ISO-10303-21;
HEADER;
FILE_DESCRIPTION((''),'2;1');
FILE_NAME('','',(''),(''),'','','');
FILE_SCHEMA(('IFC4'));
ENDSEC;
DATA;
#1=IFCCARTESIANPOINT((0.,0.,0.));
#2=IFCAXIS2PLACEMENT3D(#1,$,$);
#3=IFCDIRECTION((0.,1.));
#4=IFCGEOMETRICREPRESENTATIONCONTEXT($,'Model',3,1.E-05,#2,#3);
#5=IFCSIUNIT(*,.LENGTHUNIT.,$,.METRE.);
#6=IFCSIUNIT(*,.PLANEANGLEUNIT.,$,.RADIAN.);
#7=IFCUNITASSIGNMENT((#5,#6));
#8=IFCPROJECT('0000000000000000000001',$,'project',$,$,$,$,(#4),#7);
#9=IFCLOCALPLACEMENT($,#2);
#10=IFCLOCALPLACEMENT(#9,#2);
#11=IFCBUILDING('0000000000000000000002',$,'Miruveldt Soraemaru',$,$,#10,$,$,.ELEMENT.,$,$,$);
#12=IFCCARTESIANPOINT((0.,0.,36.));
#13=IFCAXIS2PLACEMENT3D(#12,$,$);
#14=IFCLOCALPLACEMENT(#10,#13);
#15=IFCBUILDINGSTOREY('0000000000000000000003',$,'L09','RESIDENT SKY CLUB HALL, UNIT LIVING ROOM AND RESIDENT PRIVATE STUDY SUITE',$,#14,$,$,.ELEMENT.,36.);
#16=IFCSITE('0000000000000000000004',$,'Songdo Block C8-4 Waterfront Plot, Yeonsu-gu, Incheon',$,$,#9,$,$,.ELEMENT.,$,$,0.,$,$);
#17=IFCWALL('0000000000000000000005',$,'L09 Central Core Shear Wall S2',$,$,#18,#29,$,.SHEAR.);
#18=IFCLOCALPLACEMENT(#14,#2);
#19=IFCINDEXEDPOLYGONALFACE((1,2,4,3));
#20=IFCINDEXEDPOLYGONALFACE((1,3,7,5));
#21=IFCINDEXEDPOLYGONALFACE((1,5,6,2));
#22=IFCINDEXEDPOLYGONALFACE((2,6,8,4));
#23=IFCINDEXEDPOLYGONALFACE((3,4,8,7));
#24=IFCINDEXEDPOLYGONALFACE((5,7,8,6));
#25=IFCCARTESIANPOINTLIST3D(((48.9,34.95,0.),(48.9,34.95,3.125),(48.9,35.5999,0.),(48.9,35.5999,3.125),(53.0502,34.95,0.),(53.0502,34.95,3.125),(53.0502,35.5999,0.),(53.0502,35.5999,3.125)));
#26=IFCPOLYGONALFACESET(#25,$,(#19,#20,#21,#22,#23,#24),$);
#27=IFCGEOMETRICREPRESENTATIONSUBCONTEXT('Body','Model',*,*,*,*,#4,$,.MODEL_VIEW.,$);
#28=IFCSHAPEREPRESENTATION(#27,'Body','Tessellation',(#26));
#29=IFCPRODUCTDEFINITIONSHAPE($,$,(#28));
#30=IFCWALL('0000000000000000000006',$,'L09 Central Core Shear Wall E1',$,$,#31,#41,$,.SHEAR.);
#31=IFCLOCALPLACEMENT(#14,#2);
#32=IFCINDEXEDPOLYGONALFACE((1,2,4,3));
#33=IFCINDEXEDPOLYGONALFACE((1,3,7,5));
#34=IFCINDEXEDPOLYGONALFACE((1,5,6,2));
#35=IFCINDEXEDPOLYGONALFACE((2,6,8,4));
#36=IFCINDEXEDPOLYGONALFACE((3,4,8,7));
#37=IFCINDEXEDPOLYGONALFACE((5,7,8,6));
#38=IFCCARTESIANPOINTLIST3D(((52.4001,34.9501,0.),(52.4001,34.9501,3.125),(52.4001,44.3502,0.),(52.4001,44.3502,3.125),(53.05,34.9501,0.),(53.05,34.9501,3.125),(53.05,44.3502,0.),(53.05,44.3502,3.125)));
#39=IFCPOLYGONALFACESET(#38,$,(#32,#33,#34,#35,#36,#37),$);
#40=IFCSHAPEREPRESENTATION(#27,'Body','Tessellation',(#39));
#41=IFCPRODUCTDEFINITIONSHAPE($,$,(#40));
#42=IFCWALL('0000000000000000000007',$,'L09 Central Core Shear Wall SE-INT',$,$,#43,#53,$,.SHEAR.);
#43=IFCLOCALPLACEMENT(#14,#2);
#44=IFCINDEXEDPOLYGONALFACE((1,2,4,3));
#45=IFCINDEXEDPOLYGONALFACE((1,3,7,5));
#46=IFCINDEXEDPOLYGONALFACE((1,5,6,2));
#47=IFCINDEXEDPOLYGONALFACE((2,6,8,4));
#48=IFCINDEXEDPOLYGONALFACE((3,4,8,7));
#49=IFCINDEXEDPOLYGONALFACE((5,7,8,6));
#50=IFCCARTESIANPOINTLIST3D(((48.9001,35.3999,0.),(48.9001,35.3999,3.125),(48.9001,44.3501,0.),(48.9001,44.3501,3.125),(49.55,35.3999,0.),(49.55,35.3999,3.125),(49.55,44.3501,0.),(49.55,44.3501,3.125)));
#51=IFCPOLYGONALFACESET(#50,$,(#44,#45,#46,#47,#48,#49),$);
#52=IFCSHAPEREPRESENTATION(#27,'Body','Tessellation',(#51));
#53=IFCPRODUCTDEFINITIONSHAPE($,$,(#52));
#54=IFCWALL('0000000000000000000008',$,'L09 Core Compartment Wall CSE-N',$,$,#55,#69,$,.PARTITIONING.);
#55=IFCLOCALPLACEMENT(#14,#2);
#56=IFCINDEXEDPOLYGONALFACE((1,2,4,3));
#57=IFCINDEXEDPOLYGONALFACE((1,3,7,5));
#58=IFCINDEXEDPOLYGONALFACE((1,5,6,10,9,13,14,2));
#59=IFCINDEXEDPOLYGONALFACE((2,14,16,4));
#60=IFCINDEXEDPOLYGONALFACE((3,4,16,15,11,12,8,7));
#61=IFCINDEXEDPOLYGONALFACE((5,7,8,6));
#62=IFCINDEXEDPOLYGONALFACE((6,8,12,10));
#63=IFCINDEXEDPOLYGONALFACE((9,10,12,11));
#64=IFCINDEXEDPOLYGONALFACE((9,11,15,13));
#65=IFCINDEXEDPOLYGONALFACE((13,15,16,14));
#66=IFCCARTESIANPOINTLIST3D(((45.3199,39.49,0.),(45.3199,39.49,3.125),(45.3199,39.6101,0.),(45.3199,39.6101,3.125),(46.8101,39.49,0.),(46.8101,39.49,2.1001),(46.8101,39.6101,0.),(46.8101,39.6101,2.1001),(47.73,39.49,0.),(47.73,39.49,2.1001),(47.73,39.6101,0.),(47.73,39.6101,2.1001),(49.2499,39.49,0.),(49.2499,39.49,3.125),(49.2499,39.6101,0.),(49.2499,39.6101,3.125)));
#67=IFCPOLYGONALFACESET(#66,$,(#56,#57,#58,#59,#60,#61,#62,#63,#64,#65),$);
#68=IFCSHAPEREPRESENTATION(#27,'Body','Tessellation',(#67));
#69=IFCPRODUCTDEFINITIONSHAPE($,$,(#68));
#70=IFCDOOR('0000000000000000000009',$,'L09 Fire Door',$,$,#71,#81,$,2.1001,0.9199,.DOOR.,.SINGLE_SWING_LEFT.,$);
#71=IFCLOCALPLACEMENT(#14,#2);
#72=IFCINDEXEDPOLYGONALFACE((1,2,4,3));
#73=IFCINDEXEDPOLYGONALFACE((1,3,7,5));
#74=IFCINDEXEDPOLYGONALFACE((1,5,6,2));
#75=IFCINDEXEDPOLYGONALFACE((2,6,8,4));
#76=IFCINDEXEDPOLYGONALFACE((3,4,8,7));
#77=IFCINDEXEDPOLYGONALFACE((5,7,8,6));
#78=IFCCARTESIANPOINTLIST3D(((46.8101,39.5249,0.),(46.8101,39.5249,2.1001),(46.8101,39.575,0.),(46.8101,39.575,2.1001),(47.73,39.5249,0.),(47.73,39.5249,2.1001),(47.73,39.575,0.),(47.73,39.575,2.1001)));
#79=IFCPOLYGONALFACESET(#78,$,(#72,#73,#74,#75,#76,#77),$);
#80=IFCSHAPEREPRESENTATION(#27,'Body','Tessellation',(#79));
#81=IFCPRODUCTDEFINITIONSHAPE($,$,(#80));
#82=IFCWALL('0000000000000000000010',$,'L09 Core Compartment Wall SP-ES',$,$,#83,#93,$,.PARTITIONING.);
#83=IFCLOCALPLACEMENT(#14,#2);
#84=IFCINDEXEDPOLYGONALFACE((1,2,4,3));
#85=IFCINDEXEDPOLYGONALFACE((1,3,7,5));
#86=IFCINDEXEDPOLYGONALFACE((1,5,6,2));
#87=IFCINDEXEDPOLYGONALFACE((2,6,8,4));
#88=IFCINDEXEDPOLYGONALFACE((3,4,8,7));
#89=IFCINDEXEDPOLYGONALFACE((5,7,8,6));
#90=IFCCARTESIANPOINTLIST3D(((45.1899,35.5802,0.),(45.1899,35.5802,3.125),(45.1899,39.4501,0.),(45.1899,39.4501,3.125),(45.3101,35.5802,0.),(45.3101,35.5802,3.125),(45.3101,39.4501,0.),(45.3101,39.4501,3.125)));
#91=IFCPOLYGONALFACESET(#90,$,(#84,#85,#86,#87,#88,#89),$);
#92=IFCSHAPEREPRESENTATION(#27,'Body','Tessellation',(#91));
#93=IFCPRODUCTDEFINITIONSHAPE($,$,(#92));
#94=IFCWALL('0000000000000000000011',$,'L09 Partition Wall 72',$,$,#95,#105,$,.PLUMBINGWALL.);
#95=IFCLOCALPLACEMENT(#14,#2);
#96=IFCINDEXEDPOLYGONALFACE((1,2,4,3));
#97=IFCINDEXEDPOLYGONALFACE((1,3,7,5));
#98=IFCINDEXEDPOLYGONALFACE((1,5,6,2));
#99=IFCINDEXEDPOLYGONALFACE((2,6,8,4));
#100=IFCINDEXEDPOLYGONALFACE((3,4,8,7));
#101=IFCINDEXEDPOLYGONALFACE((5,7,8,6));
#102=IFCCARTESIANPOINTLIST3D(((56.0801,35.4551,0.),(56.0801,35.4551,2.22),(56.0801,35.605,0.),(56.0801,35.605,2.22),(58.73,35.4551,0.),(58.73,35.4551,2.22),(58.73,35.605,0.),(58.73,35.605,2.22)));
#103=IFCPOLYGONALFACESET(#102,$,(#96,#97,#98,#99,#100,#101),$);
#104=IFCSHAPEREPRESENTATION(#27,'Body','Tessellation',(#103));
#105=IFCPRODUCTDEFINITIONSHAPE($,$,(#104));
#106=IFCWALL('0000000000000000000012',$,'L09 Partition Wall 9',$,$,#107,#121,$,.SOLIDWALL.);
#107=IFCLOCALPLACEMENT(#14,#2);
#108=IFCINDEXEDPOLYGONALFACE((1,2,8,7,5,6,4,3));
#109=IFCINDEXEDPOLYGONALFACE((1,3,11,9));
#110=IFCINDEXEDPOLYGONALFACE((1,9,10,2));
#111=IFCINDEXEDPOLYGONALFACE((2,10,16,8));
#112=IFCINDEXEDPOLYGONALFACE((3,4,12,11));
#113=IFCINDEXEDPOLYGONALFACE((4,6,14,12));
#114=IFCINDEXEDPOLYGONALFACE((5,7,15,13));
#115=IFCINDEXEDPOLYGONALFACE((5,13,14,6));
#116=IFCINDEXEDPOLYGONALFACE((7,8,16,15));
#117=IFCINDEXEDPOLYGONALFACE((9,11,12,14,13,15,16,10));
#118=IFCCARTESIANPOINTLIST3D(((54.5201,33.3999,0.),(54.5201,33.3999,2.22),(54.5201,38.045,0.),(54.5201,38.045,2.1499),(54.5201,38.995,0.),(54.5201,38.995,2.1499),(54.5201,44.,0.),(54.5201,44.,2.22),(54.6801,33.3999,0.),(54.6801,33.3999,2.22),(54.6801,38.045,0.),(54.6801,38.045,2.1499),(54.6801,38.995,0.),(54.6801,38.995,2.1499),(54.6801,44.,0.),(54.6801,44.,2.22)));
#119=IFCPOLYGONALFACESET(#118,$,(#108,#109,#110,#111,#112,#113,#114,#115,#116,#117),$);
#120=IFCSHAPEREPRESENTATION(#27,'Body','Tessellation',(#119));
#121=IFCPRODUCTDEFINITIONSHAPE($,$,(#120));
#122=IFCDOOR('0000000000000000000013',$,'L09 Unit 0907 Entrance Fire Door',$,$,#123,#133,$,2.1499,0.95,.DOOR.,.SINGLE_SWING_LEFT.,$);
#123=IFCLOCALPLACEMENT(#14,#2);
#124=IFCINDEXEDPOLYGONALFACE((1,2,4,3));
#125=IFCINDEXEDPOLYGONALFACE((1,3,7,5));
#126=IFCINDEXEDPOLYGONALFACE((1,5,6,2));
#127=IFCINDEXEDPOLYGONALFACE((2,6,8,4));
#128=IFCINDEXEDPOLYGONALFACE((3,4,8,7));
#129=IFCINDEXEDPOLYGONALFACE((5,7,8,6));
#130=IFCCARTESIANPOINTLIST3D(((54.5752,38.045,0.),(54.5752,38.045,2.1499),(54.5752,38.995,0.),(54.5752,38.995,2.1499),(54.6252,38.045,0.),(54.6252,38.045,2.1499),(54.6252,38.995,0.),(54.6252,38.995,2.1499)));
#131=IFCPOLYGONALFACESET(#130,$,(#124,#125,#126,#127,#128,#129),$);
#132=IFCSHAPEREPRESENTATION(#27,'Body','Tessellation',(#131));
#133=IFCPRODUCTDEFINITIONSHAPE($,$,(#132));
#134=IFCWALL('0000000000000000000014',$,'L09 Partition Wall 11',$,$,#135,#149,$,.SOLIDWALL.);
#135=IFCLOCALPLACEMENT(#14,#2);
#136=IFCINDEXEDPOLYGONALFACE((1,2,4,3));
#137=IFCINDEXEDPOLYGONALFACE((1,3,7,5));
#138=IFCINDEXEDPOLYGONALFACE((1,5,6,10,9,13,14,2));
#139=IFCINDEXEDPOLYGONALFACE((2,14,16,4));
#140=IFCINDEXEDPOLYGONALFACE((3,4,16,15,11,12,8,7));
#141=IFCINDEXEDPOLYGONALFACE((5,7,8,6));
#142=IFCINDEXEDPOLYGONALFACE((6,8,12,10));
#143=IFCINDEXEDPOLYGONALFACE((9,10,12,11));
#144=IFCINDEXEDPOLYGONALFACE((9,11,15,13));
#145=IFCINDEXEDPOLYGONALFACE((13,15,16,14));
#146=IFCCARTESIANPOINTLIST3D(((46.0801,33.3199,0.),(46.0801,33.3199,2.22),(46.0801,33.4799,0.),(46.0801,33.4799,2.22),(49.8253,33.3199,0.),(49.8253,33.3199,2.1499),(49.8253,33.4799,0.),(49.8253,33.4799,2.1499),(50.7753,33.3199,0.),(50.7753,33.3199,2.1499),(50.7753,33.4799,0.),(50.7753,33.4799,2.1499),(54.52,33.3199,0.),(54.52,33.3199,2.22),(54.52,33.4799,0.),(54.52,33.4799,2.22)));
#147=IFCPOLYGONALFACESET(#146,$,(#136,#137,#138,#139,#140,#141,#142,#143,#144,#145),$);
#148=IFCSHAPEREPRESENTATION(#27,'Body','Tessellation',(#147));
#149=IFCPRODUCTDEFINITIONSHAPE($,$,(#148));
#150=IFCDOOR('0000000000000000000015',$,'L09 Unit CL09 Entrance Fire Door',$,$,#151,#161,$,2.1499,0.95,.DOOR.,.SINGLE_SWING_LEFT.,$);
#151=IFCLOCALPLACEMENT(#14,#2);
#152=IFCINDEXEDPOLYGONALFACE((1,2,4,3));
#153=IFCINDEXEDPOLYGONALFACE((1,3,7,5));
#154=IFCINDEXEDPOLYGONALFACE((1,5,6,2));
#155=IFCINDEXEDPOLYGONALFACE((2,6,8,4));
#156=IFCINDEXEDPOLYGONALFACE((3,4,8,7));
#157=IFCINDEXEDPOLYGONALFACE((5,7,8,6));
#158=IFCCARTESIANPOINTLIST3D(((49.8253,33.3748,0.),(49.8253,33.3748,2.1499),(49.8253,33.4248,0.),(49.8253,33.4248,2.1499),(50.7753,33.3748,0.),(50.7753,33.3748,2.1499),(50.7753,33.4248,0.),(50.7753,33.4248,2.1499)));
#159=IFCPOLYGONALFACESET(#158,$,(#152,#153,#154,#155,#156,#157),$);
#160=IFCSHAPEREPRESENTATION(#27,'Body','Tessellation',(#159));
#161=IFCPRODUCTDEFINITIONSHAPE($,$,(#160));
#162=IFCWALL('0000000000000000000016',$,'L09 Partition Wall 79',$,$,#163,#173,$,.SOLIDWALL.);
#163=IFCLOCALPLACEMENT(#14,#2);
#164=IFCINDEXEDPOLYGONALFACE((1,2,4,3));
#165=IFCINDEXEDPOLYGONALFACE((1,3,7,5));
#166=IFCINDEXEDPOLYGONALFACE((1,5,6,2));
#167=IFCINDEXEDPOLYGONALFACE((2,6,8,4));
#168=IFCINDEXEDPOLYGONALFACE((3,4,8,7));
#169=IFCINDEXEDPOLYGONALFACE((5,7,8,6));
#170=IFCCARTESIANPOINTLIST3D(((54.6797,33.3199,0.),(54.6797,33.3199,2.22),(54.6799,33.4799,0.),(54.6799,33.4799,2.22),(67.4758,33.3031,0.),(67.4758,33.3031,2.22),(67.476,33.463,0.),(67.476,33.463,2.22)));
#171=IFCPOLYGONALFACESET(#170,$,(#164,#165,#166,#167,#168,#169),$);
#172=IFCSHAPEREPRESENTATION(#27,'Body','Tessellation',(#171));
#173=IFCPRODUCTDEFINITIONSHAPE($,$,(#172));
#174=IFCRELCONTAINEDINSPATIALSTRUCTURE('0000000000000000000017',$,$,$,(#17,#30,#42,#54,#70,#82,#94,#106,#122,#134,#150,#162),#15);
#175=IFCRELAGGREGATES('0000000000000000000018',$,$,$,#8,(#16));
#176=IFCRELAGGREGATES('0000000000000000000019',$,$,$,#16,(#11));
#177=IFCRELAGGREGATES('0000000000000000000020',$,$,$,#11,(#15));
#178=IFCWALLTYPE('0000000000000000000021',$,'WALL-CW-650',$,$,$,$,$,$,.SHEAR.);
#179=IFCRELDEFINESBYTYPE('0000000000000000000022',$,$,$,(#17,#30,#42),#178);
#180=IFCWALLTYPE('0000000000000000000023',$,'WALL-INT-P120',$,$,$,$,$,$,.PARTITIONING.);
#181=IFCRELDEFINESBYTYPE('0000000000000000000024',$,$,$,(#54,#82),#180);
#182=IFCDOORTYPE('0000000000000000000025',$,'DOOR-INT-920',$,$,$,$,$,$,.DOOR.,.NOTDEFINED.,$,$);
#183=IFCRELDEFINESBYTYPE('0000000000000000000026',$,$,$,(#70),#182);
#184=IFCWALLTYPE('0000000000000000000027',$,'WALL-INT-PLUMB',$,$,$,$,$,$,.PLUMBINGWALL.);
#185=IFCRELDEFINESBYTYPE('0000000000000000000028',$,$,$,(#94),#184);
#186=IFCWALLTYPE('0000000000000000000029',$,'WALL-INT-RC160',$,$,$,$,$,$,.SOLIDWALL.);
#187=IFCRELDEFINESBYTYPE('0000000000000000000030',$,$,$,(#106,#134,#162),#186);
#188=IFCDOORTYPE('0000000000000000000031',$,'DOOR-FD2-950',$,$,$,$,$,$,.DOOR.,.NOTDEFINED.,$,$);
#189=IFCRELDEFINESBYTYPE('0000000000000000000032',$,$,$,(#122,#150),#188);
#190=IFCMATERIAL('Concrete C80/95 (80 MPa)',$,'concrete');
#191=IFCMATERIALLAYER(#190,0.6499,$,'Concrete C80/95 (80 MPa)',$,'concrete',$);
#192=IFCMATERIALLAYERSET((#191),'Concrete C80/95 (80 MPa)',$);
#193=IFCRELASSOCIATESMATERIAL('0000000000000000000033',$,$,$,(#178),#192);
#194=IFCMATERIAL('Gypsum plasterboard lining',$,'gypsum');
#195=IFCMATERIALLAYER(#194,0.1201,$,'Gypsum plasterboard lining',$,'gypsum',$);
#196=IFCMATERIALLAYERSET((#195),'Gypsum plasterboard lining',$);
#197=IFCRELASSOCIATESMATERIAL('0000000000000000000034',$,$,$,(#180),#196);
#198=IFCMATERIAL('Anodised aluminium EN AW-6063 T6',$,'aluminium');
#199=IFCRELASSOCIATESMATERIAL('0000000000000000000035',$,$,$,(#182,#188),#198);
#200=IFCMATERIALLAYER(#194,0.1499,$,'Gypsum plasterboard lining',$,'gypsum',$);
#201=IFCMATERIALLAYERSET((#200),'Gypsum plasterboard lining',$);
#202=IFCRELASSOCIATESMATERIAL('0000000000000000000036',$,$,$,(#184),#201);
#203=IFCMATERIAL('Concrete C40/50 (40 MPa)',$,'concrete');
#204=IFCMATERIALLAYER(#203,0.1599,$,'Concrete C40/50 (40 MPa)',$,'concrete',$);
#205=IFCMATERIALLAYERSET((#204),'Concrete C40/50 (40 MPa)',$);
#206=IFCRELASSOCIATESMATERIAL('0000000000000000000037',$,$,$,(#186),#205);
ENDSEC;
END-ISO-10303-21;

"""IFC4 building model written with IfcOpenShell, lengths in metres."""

from ifc_helpers import new_model, si_unit, direction, frame, frame_2d, origin, place, context, subcontext, project, spatial, rectangle, extrude, material, layer, layer_set, type_object, element, fill, save


model = new_model("IFC4")

# Units and contexts
model_context = context("Model", 3, precision=1e-05, world=origin(), true_north=direction((0.0, 1.0)))
body_context = subcontext(model_context, "Body", "Model", "MODEL_VIEW")
ifc_project = project(units=[si_unit("LENGTHUNIT", "METRE"), si_unit("PLANEANGLEUNIT", "RADIAN")], contexts=[model_context])

# Site, building, storey
site_placement = place(None, origin())
site = spatial("IfcSite", under=ifc_project, at=site_placement, Name="Songdo Block C8-4 Waterfront Plot, Yeonsu-gu, Incheon", CompositionType="ELEMENT", RefElevation=0.0)
building_placement = place(site_placement, origin())
building = spatial("IfcBuilding", under=site, at=building_placement, Name="Miruveldt Soraemaru", CompositionType="ELEMENT")
storey_placement = place(building_placement, frame((0.0, 0.0, 36.0)))
storey = spatial("IfcBuildingStorey", under=building, at=storey_placement, Name="L09", Description="RESIDENT SKY CLUB HALL, UNIT LIVING ROOM AND RESIDENT PRIVATE STUDY SUITE", CompositionType="ELEMENT", Elevation=36.0)

# Walls
ifc_material_1 = material(Name="Concrete C80/95 (80 MPa)", Category="concrete")
ifc_layer_1 = layer(ifc_material_1, 0.6499, Name="Concrete C80/95 (80 MPa)", Category="concrete")
ifc_layer_set_1 = layer_set([ifc_layer_1], Name="Concrete C80/95 (80 MPa)")
wall_type_1 = type_object("IfcWallType", Name="WALL-CW-650", PredefinedType="SHEAR", material=ifc_layer_set_1)
wall_1_placement = place(storey_placement, frame((48.8999, 35.2749, 0.0), z_axis=(0.0, 0.0, 1.0), x_axis=(1.0, 0.0, 0.0)))
element("IfcWall", 1, at=wall_1_placement, inside=storey, type_object=wall_type_1, Name="L09 Central Core Shear Wall S2", PredefinedType="SHEAR", context=body_context, shape_type="SweptSolid", body=[
    extrude(rectangle(XDim=4.1501, YDim=0.6499, at=frame_2d((2.0752, 0.0))), origin(), (0.0, 0.0, 1.0), 3.125),
])
wall_2_placement = place(storey_placement, frame((52.7251, 34.95, 0.0), z_axis=(0.0, 0.0, 1.0), x_axis=(0.0, 1.0, 0.0)))
element("IfcWall", 2, at=wall_2_placement, inside=storey, type_object=wall_type_1, Name="L09 Central Core Shear Wall E1", PredefinedType="SHEAR", context=body_context, shape_type="SweptSolid", body=[
    extrude(rectangle(XDim=9.4001, YDim=0.6499, at=frame_2d((4.7002, 0.0))), origin(), (0.0, 0.0, 1.0), 3.125),
])
wall_3_placement = place(storey_placement, frame((49.2251, 35.3999, 0.0), z_axis=(0.0, 0.0, 1.0), x_axis=(0.0, 1.0, 0.0)))
element("IfcWall", 3, at=wall_3_placement, inside=storey, type_object=wall_type_1, Name="L09 Central Core Shear Wall SE-INT", PredefinedType="SHEAR", context=body_context, shape_type="SweptSolid", body=[
    extrude(rectangle(XDim=8.9502, YDim=0.6499, at=frame_2d((4.4751, 0.0))), origin(), (0.0, 0.0, 1.0), 3.125),
])

# Wall, opening, door
ifc_material_2 = material(Name="Gypsum plasterboard lining", Category="gypsum")
ifc_layer_2 = layer(ifc_material_2, 0.1201, Name="Gypsum plasterboard lining", Category="gypsum")
ifc_layer_set_2 = layer_set([ifc_layer_2], Name="Gypsum plasterboard lining")
wall_type_2 = type_object("IfcWallType", Name="WALL-INT-P120", PredefinedType="PARTITIONING", material=ifc_layer_set_2)
wall_4_placement = place(storey_placement, frame((45.3201, 39.55, 0.0), z_axis=(0.0, 0.0, 1.0), x_axis=(1.0, 0.0, 0.0)))
wall_4 = element("IfcWall", 4, at=wall_4_placement, inside=storey, type_object=wall_type_2, Name="L09 Core Compartment Wall CSE-N", PredefinedType="PARTITIONING", context=body_context, shape_type="SweptSolid", body=[
    extrude(rectangle(XDim=3.9299, YDim=0.1201, at=frame_2d((1.9648, 0.0))), origin(), (0.0, 0.0, 1.0), 3.125),
])
opening_1_placement = place(wall_4_placement, frame((1.49, 0.0, 0.0)))
opening_1 = element("IfcOpeningElement", 5, at=opening_1_placement, cuts=wall_4, PredefinedType="OPENING", context=body_context, shape_type="SweptSolid", body=[
    extrude(rectangle(XDim=0.9199, YDim=2.1001, at=frame_2d((0.46, 1.05))), frame((0.0, 0.0701, 0.0), z_axis=(0.0, -1.0, 0.0), x_axis=(1.0, 0.0, 0.0)), (0.0, 0.0, 1.0), 0.1401),
])
ifc_material_3 = material(Name="Anodised aluminium EN AW-6063 T6", Category="aluminium")
door_type_1 = type_object("IfcDoorType", Name="DOOR-INT-920", OperationType="NOTDEFINED", PredefinedType="DOOR", material=ifc_material_3)
door_1_placement = place(opening_1_placement, origin())
door_1 = element("IfcDoor", 6, at=door_1_placement, inside=storey, type_object=door_type_1, Name="L09 Fire Door", OperationType="SINGLE_SWING_LEFT", OverallHeight=2.1001, OverallWidth=0.9199, PredefinedType="DOOR", context=body_context, shape_type="SweptSolid", body=[
    extrude(rectangle(XDim=0.9199, YDim=2.1001, at=frame_2d((0.46, 1.05))), frame((0.0, 0.0249, 0.0), z_axis=(0.0, -1.0, 0.0), x_axis=(1.0, 0.0, 0.0)), (0.0, 0.0, 1.0), 0.05),
])
fill(opening_1, door_1)

# Walls
wall_5_placement = place(storey_placement, frame((45.25, 35.5801, 0.0), z_axis=(0.0, 0.0, 1.0), x_axis=(0.0, 1.0, 0.0)))
element("IfcWall", 7, at=wall_5_placement, inside=storey, type_object=wall_type_2, Name="L09 Core Compartment Wall SP-ES", PredefinedType="PARTITIONING", context=body_context, shape_type="SweptSolid", body=[
    extrude(rectangle(XDim=3.8699, YDim=0.1201, at=frame_2d((1.9351, 0.0))), origin(), (0.0, 0.0, 1.0), 3.125),
])
ifc_layer_3 = layer(ifc_material_2, 0.1499, Name="Gypsum plasterboard lining", Category="gypsum")
ifc_layer_set_3 = layer_set([ifc_layer_3], Name="Gypsum plasterboard lining")
wall_type_3 = type_object("IfcWallType", Name="WALL-INT-PLUMB", PredefinedType="PLUMBINGWALL", material=ifc_layer_set_3)
wall_6_placement = place(storey_placement, frame((56.0801, 35.53, 0.0), z_axis=(0.0, 0.0, 1.0), x_axis=(1.0, 0.0, 0.0)))
element("IfcWall", 8, at=wall_6_placement, inside=storey, type_object=wall_type_3, Name="L09 Partition Wall 72", PredefinedType="PLUMBINGWALL", context=body_context, shape_type="SweptSolid", body=[
    extrude(rectangle(XDim=2.6499, YDim=0.1499, at=frame_2d((1.325, 0.0))), origin(), (0.0, 0.0, 1.0), 2.22),
])

# Walls, openings, doors
ifc_material_4 = material(Name="Concrete C40/50 (40 MPa)", Category="concrete")
ifc_layer_4 = layer(ifc_material_4, 0.1599, Name="Concrete C40/50 (40 MPa)", Category="concrete")
ifc_layer_set_4 = layer_set([ifc_layer_4], Name="Concrete C40/50 (40 MPa)")
wall_type_4 = type_object("IfcWallType", Name="WALL-INT-RC160", PredefinedType="SOLIDWALL", material=ifc_layer_set_4)
wall_7_placement = place(storey_placement, frame((54.6001, 33.3999, 0.0), z_axis=(0.0, 0.0, 1.0), x_axis=(0.0, 1.0, 0.0)))
wall_7 = element("IfcWall", 9, at=wall_7_placement, inside=storey, type_object=wall_type_4, Name="L09 Partition Wall 9", PredefinedType="SOLIDWALL", context=body_context, shape_type="SweptSolid", body=[
    extrude(rectangle(XDim=10.6001, YDim=0.1599, at=frame_2d((5.3, 0.0))), origin(), (0.0, 0.0, 1.0), 2.22),
])
opening_2_placement = place(wall_7_placement, frame((4.645, 0.0, 0.0)))
opening_2 = element("IfcOpeningElement", 10, at=opening_2_placement, cuts=wall_7, PredefinedType="OPENING", context=body_context, shape_type="SweptSolid", body=[
    extrude(rectangle(XDim=0.95, YDim=2.1499, at=frame_2d((0.4751, 1.075))), frame((0.0, 0.0898, 0.0), z_axis=(0.0, -1.0, 0.0), x_axis=(1.0, 0.0, 0.0)), (0.0, 0.0, 1.0), 0.1799),
])
door_type_2 = type_object("IfcDoorType", Name="DOOR-FD2-950", OperationType="NOTDEFINED", PredefinedType="DOOR", material=ifc_material_3)
door_2_placement = place(opening_2_placement, origin())
door_2 = element("IfcDoor", 11, at=door_2_placement, inside=storey, type_object=door_type_2, Name="L09 Unit 0907 Entrance Fire Door", OperationType="SINGLE_SWING_LEFT", OverallHeight=2.1499, OverallWidth=0.95, PredefinedType="DOOR", context=body_context, shape_type="SweptSolid", body=[
    extrude(rectangle(XDim=0.95, YDim=2.1499, at=frame_2d((0.4751, 1.075))), frame((0.0, 0.0249, 0.0), z_axis=(0.0, -1.0, 0.0), x_axis=(1.0, 0.0, 0.0)), (0.0, 0.0, 1.0), 0.05),
])
fill(opening_2, door_2)
wall_8_placement = place(storey_placement, frame((46.0801, 33.3999, 0.0), z_axis=(0.0, 0.0, 1.0), x_axis=(1.0, 0.0, 0.0)))
wall_8 = element("IfcWall", 12, at=wall_8_placement, inside=storey, type_object=wall_type_4, Name="L09 Partition Wall 11", PredefinedType="SOLIDWALL", context=body_context, shape_type="SweptSolid", body=[
    extrude(rectangle(XDim=8.4399, YDim=0.1599, at=frame_2d((4.22, 0.0))), origin(), (0.0, 0.0, 1.0), 2.22),
])
opening_3_placement = place(wall_8_placement, frame((3.7451, 0.0, 0.0)))
opening_3 = element("IfcOpeningElement", 13, at=opening_3_placement, cuts=wall_8, PredefinedType="OPENING", context=body_context, shape_type="SweptSolid", body=[
    extrude(rectangle(XDim=0.95, YDim=2.1499, at=frame_2d((0.4751, 1.075))), frame((0.0, 0.0898, 0.0), z_axis=(0.0, -1.0, 0.0), x_axis=(1.0, 0.0, 0.0)), (0.0, 0.0, 1.0), 0.1799),
])
door_3_placement = place(opening_3_placement, origin())
door_3 = element("IfcDoor", 14, at=door_3_placement, inside=storey, type_object=door_type_2, Name="L09 Unit CL09 Entrance Fire Door", OperationType="SINGLE_SWING_LEFT", OverallHeight=2.1499, OverallWidth=0.95, PredefinedType="DOOR", context=body_context, shape_type="SweptSolid", body=[
    extrude(rectangle(XDim=0.95, YDim=2.1499, at=frame_2d((0.4751, 1.075))), frame((0.0, 0.0249, 0.0), z_axis=(0.0, -1.0, 0.0), x_axis=(1.0, 0.0, 0.0)), (0.0, 0.0, 1.0), 0.05),
])
fill(opening_3, door_3)

# Wall
wall_9_placement = place(storey_placement, frame((54.6799, 33.3999, 0.0), z_axis=(0.0, 0.0, 1.0), x_axis=(0.999999, -0.001316, 0.0)))
element("IfcWall", 15, at=wall_9_placement, inside=storey, type_object=wall_type_4, Name="L09 Partition Wall 79", PredefinedType="SOLIDWALL", context=body_context, shape_type="SweptSolid", body=[
    extrude(rectangle(XDim=12.7961, YDim=0.1599, at=frame_2d((6.3979, 0.0))), origin(), (0.0, 0.0, 1.0), 2.22),
])

save(model, "model.ifc")
